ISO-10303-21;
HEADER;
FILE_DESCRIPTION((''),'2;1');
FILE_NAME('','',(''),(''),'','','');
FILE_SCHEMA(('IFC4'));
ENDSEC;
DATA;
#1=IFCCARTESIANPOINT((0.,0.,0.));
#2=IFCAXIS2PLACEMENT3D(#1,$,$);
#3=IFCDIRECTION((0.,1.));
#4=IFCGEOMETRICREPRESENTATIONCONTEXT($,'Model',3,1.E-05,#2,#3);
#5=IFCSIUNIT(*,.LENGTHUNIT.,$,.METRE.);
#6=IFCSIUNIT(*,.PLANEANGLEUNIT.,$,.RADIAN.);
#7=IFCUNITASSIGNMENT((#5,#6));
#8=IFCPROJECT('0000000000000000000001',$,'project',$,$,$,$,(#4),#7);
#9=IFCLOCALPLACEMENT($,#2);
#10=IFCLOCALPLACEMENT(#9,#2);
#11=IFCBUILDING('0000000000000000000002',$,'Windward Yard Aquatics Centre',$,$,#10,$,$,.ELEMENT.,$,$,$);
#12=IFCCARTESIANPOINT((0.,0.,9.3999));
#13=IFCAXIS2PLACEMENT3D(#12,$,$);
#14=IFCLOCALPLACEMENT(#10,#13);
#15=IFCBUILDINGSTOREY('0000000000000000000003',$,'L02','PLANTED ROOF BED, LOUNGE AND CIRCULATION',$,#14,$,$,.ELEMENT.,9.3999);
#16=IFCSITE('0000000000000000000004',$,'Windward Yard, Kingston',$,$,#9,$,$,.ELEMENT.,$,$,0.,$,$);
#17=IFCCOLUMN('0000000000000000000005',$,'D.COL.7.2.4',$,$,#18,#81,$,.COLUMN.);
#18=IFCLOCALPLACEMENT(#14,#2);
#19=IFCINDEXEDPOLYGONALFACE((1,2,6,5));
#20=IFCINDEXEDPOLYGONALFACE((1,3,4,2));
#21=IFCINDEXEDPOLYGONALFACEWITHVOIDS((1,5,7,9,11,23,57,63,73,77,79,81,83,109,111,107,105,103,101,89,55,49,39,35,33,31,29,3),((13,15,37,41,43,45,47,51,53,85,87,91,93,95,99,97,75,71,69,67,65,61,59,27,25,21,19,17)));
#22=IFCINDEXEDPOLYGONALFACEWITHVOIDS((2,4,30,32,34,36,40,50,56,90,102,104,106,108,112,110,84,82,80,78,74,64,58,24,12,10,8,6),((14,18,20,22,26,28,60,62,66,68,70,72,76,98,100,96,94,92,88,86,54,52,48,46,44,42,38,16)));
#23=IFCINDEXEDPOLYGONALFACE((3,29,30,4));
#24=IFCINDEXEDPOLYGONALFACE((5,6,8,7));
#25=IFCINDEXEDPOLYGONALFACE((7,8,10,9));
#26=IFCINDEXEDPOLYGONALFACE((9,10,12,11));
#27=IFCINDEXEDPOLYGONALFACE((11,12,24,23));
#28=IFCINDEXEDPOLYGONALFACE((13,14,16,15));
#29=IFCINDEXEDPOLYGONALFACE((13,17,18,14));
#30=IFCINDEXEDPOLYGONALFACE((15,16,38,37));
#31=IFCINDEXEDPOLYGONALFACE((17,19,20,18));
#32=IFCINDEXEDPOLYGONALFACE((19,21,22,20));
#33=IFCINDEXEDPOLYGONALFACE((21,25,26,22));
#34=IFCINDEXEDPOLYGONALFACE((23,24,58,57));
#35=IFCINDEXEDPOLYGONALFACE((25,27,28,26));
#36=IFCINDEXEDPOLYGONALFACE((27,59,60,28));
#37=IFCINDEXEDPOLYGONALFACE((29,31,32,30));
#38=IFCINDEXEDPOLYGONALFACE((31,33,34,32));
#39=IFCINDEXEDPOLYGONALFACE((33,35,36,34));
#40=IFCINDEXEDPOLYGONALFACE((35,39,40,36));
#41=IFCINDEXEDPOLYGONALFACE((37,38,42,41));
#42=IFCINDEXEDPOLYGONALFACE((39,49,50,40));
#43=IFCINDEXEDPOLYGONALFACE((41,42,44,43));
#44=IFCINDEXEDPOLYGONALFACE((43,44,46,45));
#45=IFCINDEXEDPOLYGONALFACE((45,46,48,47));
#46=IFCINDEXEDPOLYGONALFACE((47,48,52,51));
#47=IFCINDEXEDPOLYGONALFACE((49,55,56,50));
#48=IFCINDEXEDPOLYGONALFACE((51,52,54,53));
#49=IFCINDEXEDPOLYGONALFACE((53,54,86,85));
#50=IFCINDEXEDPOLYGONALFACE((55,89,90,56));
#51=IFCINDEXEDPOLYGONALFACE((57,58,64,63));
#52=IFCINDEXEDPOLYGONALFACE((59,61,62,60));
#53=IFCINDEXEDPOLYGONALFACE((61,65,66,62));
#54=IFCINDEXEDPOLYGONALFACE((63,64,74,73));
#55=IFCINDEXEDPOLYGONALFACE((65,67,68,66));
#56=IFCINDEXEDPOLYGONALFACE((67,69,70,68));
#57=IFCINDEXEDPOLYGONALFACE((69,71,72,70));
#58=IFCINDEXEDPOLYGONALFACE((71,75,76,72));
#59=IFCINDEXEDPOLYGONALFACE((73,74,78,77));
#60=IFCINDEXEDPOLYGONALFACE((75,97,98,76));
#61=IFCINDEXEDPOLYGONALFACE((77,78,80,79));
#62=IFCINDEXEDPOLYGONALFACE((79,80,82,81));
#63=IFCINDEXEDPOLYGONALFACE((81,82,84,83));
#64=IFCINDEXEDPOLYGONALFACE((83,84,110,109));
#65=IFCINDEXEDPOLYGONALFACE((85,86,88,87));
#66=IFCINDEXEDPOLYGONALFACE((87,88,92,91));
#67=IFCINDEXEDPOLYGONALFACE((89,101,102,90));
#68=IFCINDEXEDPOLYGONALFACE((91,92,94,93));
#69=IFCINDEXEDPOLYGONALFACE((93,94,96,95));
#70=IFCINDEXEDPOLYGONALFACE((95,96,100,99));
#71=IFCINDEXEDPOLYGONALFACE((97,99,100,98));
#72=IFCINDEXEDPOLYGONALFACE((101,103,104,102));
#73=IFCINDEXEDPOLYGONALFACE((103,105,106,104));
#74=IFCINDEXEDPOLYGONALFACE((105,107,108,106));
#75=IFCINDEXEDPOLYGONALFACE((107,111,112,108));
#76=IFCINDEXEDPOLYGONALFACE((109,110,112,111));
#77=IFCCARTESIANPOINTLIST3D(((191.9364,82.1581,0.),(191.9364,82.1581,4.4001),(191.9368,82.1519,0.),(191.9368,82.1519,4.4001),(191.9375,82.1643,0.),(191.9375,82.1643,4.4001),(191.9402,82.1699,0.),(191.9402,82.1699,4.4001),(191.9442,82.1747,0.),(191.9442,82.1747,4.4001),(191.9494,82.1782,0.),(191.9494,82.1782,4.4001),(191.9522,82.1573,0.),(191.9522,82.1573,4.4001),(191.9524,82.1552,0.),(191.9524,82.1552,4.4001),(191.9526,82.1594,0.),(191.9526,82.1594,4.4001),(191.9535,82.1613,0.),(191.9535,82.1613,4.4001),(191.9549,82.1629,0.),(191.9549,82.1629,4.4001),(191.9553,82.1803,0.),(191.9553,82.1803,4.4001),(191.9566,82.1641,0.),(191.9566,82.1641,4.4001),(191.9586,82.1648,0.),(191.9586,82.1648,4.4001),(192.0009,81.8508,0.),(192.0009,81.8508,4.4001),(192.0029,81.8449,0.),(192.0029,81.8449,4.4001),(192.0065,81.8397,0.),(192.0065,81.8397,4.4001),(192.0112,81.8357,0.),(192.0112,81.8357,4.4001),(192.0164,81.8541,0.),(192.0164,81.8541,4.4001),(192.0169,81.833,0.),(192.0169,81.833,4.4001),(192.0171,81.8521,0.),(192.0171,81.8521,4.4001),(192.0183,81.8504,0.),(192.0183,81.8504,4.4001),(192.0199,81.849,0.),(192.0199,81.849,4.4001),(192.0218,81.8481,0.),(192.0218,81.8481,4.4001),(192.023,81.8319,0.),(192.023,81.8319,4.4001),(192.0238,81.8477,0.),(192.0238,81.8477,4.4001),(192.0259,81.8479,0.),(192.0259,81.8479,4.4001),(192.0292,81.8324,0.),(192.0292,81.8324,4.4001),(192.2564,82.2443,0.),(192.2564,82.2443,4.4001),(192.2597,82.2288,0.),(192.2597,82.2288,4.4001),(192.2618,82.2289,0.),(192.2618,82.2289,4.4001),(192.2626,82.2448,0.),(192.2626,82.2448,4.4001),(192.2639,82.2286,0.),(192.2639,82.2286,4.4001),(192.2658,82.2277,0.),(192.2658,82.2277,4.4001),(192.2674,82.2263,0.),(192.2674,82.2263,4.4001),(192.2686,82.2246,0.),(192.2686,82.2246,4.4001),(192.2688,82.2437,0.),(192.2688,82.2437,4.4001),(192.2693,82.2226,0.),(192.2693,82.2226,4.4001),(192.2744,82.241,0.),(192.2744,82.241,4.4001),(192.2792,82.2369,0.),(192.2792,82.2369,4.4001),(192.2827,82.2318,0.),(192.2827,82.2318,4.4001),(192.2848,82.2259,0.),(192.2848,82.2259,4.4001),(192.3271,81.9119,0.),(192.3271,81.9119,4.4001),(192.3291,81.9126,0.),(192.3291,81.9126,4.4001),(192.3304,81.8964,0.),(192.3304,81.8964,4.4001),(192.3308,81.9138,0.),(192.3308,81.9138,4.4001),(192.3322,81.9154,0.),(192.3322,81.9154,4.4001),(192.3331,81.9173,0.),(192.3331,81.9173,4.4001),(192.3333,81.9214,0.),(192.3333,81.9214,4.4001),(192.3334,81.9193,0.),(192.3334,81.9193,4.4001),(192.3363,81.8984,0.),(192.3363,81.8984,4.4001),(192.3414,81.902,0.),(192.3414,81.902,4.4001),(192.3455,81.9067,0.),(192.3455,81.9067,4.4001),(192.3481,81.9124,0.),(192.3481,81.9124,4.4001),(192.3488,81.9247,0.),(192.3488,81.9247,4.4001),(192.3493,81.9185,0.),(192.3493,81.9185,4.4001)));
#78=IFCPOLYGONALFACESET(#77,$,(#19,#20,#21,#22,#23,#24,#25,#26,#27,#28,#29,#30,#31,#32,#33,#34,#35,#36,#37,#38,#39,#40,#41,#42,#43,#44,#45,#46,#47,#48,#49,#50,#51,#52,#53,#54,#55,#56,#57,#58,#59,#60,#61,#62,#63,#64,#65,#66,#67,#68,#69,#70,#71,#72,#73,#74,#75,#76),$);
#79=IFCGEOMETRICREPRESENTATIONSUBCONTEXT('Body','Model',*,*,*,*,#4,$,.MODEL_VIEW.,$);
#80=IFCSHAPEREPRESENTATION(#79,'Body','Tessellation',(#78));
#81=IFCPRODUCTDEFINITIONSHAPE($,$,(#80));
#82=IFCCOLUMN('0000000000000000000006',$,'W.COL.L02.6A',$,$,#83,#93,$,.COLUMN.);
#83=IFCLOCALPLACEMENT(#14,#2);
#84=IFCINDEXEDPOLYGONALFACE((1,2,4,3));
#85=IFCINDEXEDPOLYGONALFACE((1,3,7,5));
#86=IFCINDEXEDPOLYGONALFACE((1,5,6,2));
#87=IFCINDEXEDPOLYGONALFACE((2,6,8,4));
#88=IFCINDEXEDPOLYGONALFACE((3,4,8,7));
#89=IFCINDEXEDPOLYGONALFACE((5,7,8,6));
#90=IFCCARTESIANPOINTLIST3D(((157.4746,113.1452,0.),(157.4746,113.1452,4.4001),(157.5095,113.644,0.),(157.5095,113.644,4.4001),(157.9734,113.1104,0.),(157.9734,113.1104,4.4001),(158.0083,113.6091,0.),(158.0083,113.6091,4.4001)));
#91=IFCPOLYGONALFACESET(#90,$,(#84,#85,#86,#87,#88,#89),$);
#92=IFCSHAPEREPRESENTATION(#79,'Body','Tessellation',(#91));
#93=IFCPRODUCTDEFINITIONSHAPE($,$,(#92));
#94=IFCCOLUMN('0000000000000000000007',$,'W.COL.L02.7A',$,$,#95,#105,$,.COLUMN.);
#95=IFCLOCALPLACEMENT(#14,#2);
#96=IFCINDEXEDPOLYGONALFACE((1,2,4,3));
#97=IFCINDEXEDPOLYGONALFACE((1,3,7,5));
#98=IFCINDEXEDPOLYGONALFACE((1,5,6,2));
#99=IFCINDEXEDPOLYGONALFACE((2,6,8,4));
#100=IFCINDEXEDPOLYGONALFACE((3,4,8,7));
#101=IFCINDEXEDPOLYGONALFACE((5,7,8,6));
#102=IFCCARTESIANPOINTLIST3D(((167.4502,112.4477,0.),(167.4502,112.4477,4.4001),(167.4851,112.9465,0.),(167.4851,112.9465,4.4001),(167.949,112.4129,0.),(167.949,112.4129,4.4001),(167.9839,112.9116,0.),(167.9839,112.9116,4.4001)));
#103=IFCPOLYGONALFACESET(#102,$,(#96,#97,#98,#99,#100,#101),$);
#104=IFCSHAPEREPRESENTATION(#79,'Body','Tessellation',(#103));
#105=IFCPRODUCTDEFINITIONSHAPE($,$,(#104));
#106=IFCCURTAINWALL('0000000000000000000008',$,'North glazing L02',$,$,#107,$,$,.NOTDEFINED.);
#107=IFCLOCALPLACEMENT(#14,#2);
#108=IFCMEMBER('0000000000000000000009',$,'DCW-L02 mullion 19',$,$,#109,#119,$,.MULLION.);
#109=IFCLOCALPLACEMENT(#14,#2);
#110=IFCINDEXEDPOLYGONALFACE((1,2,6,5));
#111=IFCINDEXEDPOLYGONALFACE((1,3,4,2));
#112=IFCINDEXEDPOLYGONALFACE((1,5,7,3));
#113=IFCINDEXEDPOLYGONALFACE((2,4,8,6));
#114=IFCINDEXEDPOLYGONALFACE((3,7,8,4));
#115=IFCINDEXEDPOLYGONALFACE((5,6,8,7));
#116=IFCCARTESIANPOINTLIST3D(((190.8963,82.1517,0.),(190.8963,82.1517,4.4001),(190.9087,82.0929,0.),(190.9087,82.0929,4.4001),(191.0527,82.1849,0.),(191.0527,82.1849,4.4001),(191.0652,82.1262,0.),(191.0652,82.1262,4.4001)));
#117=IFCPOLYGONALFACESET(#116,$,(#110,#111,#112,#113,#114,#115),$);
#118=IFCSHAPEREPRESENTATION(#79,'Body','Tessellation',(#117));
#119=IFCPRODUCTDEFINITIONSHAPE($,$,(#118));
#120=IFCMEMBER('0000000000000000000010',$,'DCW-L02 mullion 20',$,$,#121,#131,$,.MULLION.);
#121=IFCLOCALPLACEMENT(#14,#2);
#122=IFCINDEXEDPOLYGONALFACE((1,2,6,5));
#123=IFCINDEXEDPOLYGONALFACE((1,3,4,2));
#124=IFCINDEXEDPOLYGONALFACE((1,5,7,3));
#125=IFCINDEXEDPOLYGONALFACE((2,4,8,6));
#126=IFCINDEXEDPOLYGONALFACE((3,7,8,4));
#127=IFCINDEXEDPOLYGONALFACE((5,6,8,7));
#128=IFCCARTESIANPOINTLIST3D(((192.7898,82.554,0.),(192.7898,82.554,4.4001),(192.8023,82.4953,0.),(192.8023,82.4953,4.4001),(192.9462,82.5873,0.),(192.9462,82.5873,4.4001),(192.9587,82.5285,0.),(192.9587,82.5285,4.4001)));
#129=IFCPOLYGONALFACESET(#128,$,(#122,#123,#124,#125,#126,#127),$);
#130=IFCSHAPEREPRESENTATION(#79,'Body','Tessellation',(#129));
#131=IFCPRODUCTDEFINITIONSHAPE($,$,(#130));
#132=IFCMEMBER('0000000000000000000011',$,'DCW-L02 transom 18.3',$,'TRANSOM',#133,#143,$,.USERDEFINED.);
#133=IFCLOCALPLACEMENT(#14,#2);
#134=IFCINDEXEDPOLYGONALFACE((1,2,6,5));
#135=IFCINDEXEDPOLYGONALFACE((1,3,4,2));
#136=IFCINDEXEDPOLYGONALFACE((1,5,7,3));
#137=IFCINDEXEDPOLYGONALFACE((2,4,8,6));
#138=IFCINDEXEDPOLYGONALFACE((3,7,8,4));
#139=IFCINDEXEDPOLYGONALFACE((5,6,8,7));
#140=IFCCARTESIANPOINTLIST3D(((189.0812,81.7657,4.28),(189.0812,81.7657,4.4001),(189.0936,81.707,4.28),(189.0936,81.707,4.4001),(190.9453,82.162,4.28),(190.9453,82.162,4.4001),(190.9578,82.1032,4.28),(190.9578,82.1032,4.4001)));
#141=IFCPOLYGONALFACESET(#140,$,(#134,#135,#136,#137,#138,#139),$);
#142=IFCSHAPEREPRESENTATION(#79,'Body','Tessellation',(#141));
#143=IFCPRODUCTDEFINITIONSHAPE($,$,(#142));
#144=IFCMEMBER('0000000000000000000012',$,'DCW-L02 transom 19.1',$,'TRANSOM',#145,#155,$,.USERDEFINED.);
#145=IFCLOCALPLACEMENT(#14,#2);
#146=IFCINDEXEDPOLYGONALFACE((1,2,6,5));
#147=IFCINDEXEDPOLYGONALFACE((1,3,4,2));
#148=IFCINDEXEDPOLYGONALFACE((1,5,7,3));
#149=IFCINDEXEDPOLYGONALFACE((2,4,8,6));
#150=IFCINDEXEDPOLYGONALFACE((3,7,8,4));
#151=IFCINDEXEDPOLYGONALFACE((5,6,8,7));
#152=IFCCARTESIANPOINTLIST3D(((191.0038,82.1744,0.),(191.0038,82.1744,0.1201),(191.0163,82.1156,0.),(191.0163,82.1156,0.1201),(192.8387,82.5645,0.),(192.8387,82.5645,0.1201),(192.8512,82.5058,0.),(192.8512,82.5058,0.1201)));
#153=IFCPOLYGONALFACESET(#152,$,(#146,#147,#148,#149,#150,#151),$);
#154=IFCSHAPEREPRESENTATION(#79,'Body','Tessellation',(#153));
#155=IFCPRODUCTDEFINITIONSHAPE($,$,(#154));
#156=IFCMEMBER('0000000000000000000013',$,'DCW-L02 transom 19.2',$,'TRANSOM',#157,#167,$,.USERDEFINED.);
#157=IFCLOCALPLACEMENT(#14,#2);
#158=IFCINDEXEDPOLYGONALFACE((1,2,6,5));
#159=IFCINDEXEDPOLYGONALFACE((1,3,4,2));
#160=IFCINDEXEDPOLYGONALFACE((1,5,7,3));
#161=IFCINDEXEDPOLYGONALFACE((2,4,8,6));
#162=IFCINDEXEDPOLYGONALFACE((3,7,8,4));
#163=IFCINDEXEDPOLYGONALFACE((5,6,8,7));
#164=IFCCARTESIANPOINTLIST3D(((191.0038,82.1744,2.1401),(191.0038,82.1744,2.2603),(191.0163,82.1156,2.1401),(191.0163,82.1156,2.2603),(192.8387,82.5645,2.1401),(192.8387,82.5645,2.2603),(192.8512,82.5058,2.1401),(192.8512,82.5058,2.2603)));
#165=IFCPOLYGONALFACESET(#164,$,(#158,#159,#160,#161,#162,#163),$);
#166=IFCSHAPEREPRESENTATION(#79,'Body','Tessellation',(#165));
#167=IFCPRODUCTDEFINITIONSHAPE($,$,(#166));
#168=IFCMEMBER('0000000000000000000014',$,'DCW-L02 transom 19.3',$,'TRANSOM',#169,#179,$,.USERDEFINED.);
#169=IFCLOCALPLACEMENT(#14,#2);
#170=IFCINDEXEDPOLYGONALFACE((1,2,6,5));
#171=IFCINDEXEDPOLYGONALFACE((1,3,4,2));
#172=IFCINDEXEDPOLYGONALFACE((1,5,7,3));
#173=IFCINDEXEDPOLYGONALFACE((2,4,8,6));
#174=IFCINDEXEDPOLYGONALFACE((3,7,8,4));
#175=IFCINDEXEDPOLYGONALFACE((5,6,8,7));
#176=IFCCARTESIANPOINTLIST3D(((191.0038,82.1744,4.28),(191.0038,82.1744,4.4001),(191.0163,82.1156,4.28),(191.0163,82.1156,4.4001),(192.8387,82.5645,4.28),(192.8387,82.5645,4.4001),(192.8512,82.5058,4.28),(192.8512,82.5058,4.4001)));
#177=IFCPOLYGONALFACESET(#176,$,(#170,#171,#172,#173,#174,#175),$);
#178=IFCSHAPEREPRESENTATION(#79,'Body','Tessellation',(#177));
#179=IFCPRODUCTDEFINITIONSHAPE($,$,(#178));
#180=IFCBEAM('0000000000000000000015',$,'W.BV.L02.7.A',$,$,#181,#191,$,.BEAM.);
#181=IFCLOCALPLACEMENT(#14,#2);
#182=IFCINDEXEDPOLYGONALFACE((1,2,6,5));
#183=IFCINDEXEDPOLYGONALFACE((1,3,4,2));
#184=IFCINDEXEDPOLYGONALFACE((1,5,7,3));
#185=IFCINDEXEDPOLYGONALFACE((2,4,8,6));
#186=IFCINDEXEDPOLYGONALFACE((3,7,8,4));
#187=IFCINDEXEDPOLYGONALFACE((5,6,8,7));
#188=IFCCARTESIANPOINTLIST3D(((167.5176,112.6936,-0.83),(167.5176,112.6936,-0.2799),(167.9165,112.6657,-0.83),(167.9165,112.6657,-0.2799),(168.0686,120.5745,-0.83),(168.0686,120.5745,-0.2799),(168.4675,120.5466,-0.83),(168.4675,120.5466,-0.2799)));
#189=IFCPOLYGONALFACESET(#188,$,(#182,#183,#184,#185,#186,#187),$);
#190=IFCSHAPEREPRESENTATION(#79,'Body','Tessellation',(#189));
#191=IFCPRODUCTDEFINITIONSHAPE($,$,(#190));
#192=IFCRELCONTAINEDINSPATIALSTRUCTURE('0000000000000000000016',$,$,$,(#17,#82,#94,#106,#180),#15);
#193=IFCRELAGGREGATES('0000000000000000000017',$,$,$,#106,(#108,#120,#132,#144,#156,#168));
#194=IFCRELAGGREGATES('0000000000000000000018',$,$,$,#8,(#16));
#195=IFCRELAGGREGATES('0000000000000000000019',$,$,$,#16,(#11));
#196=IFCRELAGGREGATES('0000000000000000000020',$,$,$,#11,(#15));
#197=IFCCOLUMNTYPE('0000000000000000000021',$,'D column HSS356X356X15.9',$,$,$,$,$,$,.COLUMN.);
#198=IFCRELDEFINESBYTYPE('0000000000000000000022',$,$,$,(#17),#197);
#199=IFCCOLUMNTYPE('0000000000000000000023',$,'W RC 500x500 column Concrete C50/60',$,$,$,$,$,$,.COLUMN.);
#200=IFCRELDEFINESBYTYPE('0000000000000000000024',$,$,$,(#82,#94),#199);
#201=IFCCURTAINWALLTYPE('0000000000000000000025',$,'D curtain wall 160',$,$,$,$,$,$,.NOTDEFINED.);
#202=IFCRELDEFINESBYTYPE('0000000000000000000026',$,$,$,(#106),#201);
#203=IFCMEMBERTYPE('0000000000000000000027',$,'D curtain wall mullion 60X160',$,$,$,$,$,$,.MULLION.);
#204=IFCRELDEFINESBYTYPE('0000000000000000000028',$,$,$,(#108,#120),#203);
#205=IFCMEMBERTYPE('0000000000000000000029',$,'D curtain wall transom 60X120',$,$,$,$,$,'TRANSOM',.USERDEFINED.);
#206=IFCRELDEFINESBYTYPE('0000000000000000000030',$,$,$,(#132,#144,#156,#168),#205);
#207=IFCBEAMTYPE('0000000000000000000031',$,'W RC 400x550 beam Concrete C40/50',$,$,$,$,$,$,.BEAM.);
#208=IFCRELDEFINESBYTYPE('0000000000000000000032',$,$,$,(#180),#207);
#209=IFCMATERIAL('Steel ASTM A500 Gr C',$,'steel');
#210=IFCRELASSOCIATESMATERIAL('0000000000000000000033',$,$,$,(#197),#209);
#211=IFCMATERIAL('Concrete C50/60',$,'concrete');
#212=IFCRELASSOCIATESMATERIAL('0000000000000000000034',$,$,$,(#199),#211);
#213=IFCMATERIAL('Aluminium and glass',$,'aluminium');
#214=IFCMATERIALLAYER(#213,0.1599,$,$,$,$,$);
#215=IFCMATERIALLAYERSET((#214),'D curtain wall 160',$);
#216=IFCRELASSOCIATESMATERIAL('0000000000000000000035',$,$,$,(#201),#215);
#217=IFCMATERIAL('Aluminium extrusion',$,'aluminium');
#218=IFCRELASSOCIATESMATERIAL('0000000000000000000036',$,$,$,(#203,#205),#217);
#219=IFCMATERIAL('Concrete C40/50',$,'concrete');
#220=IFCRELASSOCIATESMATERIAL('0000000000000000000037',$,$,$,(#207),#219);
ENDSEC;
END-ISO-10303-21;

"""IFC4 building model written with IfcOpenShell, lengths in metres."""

from ifc_helpers import new_model, si_unit, direction, frame, origin, origin_2d, place, context, subcontext, project, spatial, rectangle, hollow_rectangle, extrude, material, layer, layer_set, material_profile, profile_set, type_object, element, aggregate, save


model = new_model("IFC4")

# Units and contexts
model_context = context("Model", 3, precision=1e-05, world=origin(), true_north=direction((0.0, 1.0)))
body_context = subcontext(model_context, "Body", "Model", "MODEL_VIEW")
ifc_project = project(units=[si_unit("LENGTHUNIT", "METRE"), si_unit("PLANEANGLEUNIT", "RADIAN")], contexts=[model_context])

# Site, building, storey
site_placement = place(None, origin())
site = spatial("IfcSite", under=ifc_project, at=site_placement, Name="Windward Yard, Kingston", CompositionType="ELEMENT", RefElevation=0.0)
building_placement = place(site_placement, origin())
building = spatial("IfcBuilding", under=site, at=building_placement, Name="Windward Yard Aquatics Centre", CompositionType="ELEMENT")
storey_placement = place(building_placement, frame((0.0, 0.0, 9.3999)))
storey = spatial("IfcBuildingStorey", under=building, at=storey_placement, Name="L02", Description="PLANTED ROOF BED, LOUNGE AND CIRCULATION", CompositionType="ELEMENT", Elevation=9.3999)

# Columns
ifc_material_1 = material(Name="Steel ASTM A500 Gr C", Category="steel")
ifc_material_profile_1 = material_profile(ifc_material_1, hollow_rectangle(XDim=0.3557, YDim=0.3557, WallThickness=0.0159, InnerFilletRadius=0.0081, OuterFilletRadius=0.0239, at=origin_2d()), Name="HSS356X356X15.9")
ifc_profile_set_1 = profile_set([ifc_material_profile_1], Name="Steel ASTM A500 Gr C")
column_type_1 = type_object("IfcColumnType", Name="D column HSS356X356X15.9", PredefinedType="COLUMN", material=ifc_profile_set_1)
column_placement = place(storey_placement, frame((192.1428, 82.0383, 0.0), z_axis=(0.0, 0.0, 1.0), x_axis=(0.978148, 0.207912, 0.0)))
element("IfcColumn", 1, at=column_placement, inside=storey, type_object=column_type_1, Name="D.COL.7.2.4", PredefinedType="COLUMN", context=body_context, shape_type="SweptSolid", body=[
    extrude(hollow_rectangle(XDim=0.3557, YDim=0.3557, WallThickness=0.0159, InnerFilletRadius=0.0081, OuterFilletRadius=0.0239, at=origin_2d()), origin(), (0.0, 0.0, 1.0), 4.4001),
])
ifc_material_2 = material(Name="Concrete C50/60", Category="concrete")
ifc_material_profile_2 = material_profile(ifc_material_2, rectangle(XDim=0.5, YDim=0.5, at=origin_2d()), Name="RC 500x500")
ifc_profile_set_2 = profile_set([ifc_material_profile_2], Name="Concrete C50/60")
column_type_2 = type_object("IfcColumnType", Name="W RC 500x500 column Concrete C50/60", PredefinedType="COLUMN", material=ifc_profile_set_2)
for number, where, z_axis, x_axis, name in (
    (2, (157.7415, 113.3772, 0.0), (0.0, 0.0, 1.0), (0.997564, -0.069756, 0.0), "W.COL.L02.6A"),
    (3, (167.717, 112.6797, 0.0), (0.0, 0.0, 1.0), (0.997564, -0.069756, 0.0), "W.COL.L02.7A"),
):
    element("IfcColumn", number, at=place(storey_placement, frame(where, z_axis=z_axis, x_axis=x_axis)), inside=storey, type_object=column_type_2, Name=name, PredefinedType="COLUMN", context=body_context, shape_type="SweptSolid", body=[
        extrude(rectangle(XDim=0.5, YDim=0.5, at=origin_2d()), origin(), (0.0, 0.0, 1.0), 4.4001),
    ])

# Curtain wall, members
ifc_material_3 = material(Name="Aluminium and glass", Category="aluminium")
ifc_layer_1 = layer(ifc_material_3, 0.1599)
ifc_layer_set_1 = layer_set([ifc_layer_1], Name="D curtain wall 160")
curtain_wall_type = type_object("IfcCurtainWallType", Name="D curtain wall 160", PredefinedType="NOTDEFINED", material=ifc_layer_set_1)
curtain_wall_placement = place(storey_placement, origin())
curtain_wall = element("IfcCurtainWall", 4, at=curtain_wall_placement, inside=storey, type_object=curtain_wall_type, Name="North glazing L02", PredefinedType="NOTDEFINED")
ifc_material_4 = material(Name="Aluminium extrusion", Category="aluminium")
ifc_material_profile_3 = material_profile(ifc_material_4, rectangle(XDim=0.0601, YDim=0.1599, at=origin_2d()), Name="MULLION 60X160")
ifc_profile_set_3 = profile_set([ifc_material_profile_3], Name="Aluminium extrusion")
member_type_1 = type_object("IfcMemberType", Name="D curtain wall mullion 60X160", PredefinedType="MULLION", material=ifc_profile_set_3)
member_1_placement = place(storey_placement, frame((190.9807, 82.1389, 0.0), z_axis=(0.0, 0.0, 1.0), x_axis=(-0.207912, 0.978148, 0.0)))
member_1 = element("IfcMember", 5, at=member_1_placement, type_object=member_type_1, Name="DCW-L02 mullion 19", PredefinedType="MULLION", context=body_context, shape_type="SweptSolid", body=[
    extrude(rectangle(XDim=0.0601, YDim=0.1599, at=origin_2d()), origin(), (0.0, 0.0, 1.0), 4.4001),
])
member_2_placement = place(storey_placement, frame((192.8743, 82.5413, 0.0), z_axis=(0.0, 0.0, 1.0), x_axis=(-0.207912, 0.978148, 0.0)))
member_2 = element("IfcMember", 6, at=member_2_placement, type_object=member_type_1, Name="DCW-L02 mullion 20", PredefinedType="MULLION", context=body_context, shape_type="SweptSolid", body=[
    extrude(rectangle(XDim=0.0601, YDim=0.1599, at=origin_2d()), origin(), (0.0, 0.0, 1.0), 4.4001),
])
ifc_material_profile_4 = material_profile(ifc_material_4, rectangle(XDim=0.0601, YDim=0.1201, at=origin_2d()), Name="TRANSOM 60X120")
ifc_profile_set_4 = profile_set([ifc_material_profile_4], Name="Aluminium extrusion")
member_type_2 = type_object("IfcMemberType", Name="D curtain wall transom 60X120", ElementType="TRANSOM", PredefinedType="USERDEFINED", material=ifc_profile_set_4)
member_3_placement = place(storey_placement, frame((189.0874, 81.7363, 4.3401), z_axis=(0.978144, 0.207928, 0.0), x_axis=(-0.207928, 0.978144, 0.0)))
member_3 = element("IfcMember", 7, at=member_3_placement, type_object=member_type_2, Name="DCW-L02 transom 18.3", ObjectType="TRANSOM", PredefinedType="USERDEFINED", context=body_context, shape_type="SweptSolid", body=[
    extrude(rectangle(XDim=0.0601, YDim=0.1201, at=origin_2d()), origin(), (0.0, 0.0, 1.0), 1.9058),
])
member_4_placement = place(storey_placement, frame((191.01, 82.145, 0.0601), z_axis=(0.978136, 0.207965, 0.0), x_axis=(-0.207965, 0.978136, 0.0)))
member_4 = element("IfcMember", 8, at=member_4_placement, type_object=member_type_2, Name="DCW-L02 transom 19.1", ObjectType="TRANSOM", PredefinedType="USERDEFINED", context=body_context, shape_type="SweptSolid", body=[
    extrude(rectangle(XDim=0.0601, YDim=0.1201, at=origin_2d()), origin(), (0.0, 0.0, 1.0), 1.876),
])
member_5_placement = place(storey_placement, frame((191.01, 82.145, 2.2002), z_axis=(0.978136, 0.207965, 0.0), x_axis=(-0.207965, 0.978136, 0.0)))
member_5 = element("IfcMember", 9, at=member_5_placement, type_object=member_type_2, Name="DCW-L02 transom 19.2", ObjectType="TRANSOM", PredefinedType="USERDEFINED", context=body_context, shape_type="SweptSolid", body=[
    extrude(rectangle(XDim=0.0601, YDim=0.1201, at=origin_2d()), origin(), (0.0, 0.0, 1.0), 1.876),
])
member_6_placement = place(storey_placement, frame((191.01, 82.145, 4.3401), z_axis=(0.978136, 0.207965, 0.0), x_axis=(-0.207965, 0.978136, 0.0)))
member_6 = element("IfcMember", 10, at=member_6_placement, type_object=member_type_2, Name="DCW-L02 transom 19.3", ObjectType="TRANSOM", PredefinedType="USERDEFINED", context=body_context, shape_type="SweptSolid", body=[
    extrude(rectangle(XDim=0.0601, YDim=0.1201, at=origin_2d()), origin(), (0.0, 0.0, 1.0), 1.876),
])

# Beam
ifc_material_5 = material(Name="Concrete C40/50", Category="concrete")
ifc_material_profile_5 = material_profile(ifc_material_5, rectangle(XDim=0.3999, YDim=0.55, at=origin_2d()), Name="RC 400x550")
ifc_profile_set_5 = profile_set([ifc_material_profile_5], Name="Concrete C40/50")
beam_type_1 = type_object("IfcBeamType", Name="W RC 400x550 beam Concrete C40/50", PredefinedType="BEAM", material=ifc_profile_set_5)
beam_1_placement = place(storey_placement, frame((167.717, 112.6797, -0.5549), z_axis=(0.069749, 0.997565, 0.0), x_axis=(-0.997565, 0.069749, 0.0)))
element("IfcBeam", 11, at=beam_1_placement, inside=storey, type_object=beam_type_1, Name="W.BV.L02.7.A", PredefinedType="BEAM", context=body_context, shape_type="SweptSolid", body=[
    extrude(rectangle(XDim=0.3999, YDim=0.55, at=origin_2d()), origin(), (0.0, 0.0, 1.0), 7.9001),
])

aggregate(curtain_wall, [member_1, member_2, member_3, member_4, member_5, member_6])

save(model, "model.ifc")
